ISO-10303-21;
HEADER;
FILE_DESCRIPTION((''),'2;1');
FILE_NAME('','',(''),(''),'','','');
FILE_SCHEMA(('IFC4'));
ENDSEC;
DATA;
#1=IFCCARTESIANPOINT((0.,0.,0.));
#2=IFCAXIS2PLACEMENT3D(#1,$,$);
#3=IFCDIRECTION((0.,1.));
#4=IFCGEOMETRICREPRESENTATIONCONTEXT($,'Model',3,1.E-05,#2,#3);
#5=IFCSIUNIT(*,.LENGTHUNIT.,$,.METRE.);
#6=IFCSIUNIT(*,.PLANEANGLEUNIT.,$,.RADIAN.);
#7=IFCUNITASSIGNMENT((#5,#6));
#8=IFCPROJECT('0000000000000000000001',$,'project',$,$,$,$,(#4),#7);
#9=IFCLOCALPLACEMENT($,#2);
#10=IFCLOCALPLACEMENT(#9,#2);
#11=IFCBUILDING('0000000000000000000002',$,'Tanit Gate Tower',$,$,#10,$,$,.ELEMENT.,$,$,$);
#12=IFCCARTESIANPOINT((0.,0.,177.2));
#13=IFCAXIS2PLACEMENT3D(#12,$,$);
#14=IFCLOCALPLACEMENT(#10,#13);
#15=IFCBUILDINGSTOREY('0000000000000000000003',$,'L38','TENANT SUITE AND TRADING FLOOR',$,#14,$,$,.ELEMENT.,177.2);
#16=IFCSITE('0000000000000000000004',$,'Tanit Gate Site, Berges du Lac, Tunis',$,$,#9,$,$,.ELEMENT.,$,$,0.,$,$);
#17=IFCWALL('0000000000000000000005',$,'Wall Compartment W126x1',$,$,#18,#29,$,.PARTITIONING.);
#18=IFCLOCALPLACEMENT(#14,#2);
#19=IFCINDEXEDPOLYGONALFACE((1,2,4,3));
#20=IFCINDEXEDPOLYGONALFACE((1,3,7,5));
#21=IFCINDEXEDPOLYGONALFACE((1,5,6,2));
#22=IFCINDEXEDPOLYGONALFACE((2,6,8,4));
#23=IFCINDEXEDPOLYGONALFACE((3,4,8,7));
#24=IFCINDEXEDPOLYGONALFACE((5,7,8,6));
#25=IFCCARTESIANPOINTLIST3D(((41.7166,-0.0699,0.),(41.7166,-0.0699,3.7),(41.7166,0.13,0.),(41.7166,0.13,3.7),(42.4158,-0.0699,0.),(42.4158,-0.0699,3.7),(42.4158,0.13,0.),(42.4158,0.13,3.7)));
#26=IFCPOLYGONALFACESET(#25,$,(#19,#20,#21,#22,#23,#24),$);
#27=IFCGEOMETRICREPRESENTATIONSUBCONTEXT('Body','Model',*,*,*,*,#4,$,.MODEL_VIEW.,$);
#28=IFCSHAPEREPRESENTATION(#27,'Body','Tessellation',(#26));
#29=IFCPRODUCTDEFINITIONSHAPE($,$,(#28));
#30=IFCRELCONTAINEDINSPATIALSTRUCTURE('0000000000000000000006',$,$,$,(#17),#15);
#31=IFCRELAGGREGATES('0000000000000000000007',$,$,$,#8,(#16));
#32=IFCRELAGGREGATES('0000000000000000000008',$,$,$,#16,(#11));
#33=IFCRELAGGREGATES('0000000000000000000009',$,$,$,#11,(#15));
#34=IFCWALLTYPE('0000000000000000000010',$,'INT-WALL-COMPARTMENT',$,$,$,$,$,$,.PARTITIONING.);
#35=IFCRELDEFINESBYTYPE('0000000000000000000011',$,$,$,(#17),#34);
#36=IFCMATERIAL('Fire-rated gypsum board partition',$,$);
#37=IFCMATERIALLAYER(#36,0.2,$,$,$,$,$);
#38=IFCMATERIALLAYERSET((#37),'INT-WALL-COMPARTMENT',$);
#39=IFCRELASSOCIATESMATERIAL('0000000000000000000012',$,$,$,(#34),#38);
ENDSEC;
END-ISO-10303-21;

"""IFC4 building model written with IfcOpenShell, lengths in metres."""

from ifc_helpers import new_model, si_unit, direction, frame, frame_2d, origin, place, context, subcontext, project, spatial, rectangle, extrude, material, layer, layer_set, type_object, element, save


model = new_model("IFC4")

# Units and contexts
model_context = context("Model", 3, precision=1e-05, world=origin(), true_north=direction((0.0, 1.0)))
body_context = subcontext(model_context, "Body", "Model", "MODEL_VIEW")
ifc_project = project(units=[si_unit("LENGTHUNIT", "METRE"), si_unit("PLANEANGLEUNIT", "RADIAN")], contexts=[model_context])

# Site, building, storey
site_placement = place(None, origin())
site = spatial("IfcSite", under=ifc_project, at=site_placement, Name="Tanit Gate Site, Berges du Lac, Tunis", CompositionType="ELEMENT", RefElevation=0.0)
building_placement = place(site_placement, origin())
building = spatial("IfcBuilding", under=site, at=building_placement, Name="Tanit Gate Tower", CompositionType="ELEMENT")
storey_placement = place(building_placement, frame((0.0, 0.0, 177.2)))
storey = spatial("IfcBuildingStorey", under=building, at=storey_placement, Name="L38", Description="TENANT SUITE AND TRADING FLOOR", CompositionType="ELEMENT", Elevation=177.2)

# Wall
ifc_material_1 = material(Name="Fire-rated gypsum board partition")
ifc_layer_1 = layer(ifc_material_1, 0.2)
ifc_layer_set_1 = layer_set([ifc_layer_1], Name="INT-WALL-COMPARTMENT")
wall_type_1 = type_object("IfcWallType", Name="INT-WALL-COMPARTMENT", PredefinedType="PARTITIONING", material=ifc_layer_set_1)
wall_1_placement = place(storey_placement, frame((41.7166, 0.03, 0.0), z_axis=(0.0, 0.0, 1.0), x_axis=(1.0, 0.0, 0.0)))
element("IfcWall", 1, at=wall_1_placement, inside=storey, type_object=wall_type_1, Name="Wall Compartment W126x1", PredefinedType="PARTITIONING", context=body_context, shape_type="SweptSolid", body=[
    extrude(rectangle(XDim=0.6992, YDim=0.2, at=frame_2d((0.3496, 0.0))), origin(), (0.0, 0.0, 1.0), 3.7),
])

save(model, "model.ifc")
